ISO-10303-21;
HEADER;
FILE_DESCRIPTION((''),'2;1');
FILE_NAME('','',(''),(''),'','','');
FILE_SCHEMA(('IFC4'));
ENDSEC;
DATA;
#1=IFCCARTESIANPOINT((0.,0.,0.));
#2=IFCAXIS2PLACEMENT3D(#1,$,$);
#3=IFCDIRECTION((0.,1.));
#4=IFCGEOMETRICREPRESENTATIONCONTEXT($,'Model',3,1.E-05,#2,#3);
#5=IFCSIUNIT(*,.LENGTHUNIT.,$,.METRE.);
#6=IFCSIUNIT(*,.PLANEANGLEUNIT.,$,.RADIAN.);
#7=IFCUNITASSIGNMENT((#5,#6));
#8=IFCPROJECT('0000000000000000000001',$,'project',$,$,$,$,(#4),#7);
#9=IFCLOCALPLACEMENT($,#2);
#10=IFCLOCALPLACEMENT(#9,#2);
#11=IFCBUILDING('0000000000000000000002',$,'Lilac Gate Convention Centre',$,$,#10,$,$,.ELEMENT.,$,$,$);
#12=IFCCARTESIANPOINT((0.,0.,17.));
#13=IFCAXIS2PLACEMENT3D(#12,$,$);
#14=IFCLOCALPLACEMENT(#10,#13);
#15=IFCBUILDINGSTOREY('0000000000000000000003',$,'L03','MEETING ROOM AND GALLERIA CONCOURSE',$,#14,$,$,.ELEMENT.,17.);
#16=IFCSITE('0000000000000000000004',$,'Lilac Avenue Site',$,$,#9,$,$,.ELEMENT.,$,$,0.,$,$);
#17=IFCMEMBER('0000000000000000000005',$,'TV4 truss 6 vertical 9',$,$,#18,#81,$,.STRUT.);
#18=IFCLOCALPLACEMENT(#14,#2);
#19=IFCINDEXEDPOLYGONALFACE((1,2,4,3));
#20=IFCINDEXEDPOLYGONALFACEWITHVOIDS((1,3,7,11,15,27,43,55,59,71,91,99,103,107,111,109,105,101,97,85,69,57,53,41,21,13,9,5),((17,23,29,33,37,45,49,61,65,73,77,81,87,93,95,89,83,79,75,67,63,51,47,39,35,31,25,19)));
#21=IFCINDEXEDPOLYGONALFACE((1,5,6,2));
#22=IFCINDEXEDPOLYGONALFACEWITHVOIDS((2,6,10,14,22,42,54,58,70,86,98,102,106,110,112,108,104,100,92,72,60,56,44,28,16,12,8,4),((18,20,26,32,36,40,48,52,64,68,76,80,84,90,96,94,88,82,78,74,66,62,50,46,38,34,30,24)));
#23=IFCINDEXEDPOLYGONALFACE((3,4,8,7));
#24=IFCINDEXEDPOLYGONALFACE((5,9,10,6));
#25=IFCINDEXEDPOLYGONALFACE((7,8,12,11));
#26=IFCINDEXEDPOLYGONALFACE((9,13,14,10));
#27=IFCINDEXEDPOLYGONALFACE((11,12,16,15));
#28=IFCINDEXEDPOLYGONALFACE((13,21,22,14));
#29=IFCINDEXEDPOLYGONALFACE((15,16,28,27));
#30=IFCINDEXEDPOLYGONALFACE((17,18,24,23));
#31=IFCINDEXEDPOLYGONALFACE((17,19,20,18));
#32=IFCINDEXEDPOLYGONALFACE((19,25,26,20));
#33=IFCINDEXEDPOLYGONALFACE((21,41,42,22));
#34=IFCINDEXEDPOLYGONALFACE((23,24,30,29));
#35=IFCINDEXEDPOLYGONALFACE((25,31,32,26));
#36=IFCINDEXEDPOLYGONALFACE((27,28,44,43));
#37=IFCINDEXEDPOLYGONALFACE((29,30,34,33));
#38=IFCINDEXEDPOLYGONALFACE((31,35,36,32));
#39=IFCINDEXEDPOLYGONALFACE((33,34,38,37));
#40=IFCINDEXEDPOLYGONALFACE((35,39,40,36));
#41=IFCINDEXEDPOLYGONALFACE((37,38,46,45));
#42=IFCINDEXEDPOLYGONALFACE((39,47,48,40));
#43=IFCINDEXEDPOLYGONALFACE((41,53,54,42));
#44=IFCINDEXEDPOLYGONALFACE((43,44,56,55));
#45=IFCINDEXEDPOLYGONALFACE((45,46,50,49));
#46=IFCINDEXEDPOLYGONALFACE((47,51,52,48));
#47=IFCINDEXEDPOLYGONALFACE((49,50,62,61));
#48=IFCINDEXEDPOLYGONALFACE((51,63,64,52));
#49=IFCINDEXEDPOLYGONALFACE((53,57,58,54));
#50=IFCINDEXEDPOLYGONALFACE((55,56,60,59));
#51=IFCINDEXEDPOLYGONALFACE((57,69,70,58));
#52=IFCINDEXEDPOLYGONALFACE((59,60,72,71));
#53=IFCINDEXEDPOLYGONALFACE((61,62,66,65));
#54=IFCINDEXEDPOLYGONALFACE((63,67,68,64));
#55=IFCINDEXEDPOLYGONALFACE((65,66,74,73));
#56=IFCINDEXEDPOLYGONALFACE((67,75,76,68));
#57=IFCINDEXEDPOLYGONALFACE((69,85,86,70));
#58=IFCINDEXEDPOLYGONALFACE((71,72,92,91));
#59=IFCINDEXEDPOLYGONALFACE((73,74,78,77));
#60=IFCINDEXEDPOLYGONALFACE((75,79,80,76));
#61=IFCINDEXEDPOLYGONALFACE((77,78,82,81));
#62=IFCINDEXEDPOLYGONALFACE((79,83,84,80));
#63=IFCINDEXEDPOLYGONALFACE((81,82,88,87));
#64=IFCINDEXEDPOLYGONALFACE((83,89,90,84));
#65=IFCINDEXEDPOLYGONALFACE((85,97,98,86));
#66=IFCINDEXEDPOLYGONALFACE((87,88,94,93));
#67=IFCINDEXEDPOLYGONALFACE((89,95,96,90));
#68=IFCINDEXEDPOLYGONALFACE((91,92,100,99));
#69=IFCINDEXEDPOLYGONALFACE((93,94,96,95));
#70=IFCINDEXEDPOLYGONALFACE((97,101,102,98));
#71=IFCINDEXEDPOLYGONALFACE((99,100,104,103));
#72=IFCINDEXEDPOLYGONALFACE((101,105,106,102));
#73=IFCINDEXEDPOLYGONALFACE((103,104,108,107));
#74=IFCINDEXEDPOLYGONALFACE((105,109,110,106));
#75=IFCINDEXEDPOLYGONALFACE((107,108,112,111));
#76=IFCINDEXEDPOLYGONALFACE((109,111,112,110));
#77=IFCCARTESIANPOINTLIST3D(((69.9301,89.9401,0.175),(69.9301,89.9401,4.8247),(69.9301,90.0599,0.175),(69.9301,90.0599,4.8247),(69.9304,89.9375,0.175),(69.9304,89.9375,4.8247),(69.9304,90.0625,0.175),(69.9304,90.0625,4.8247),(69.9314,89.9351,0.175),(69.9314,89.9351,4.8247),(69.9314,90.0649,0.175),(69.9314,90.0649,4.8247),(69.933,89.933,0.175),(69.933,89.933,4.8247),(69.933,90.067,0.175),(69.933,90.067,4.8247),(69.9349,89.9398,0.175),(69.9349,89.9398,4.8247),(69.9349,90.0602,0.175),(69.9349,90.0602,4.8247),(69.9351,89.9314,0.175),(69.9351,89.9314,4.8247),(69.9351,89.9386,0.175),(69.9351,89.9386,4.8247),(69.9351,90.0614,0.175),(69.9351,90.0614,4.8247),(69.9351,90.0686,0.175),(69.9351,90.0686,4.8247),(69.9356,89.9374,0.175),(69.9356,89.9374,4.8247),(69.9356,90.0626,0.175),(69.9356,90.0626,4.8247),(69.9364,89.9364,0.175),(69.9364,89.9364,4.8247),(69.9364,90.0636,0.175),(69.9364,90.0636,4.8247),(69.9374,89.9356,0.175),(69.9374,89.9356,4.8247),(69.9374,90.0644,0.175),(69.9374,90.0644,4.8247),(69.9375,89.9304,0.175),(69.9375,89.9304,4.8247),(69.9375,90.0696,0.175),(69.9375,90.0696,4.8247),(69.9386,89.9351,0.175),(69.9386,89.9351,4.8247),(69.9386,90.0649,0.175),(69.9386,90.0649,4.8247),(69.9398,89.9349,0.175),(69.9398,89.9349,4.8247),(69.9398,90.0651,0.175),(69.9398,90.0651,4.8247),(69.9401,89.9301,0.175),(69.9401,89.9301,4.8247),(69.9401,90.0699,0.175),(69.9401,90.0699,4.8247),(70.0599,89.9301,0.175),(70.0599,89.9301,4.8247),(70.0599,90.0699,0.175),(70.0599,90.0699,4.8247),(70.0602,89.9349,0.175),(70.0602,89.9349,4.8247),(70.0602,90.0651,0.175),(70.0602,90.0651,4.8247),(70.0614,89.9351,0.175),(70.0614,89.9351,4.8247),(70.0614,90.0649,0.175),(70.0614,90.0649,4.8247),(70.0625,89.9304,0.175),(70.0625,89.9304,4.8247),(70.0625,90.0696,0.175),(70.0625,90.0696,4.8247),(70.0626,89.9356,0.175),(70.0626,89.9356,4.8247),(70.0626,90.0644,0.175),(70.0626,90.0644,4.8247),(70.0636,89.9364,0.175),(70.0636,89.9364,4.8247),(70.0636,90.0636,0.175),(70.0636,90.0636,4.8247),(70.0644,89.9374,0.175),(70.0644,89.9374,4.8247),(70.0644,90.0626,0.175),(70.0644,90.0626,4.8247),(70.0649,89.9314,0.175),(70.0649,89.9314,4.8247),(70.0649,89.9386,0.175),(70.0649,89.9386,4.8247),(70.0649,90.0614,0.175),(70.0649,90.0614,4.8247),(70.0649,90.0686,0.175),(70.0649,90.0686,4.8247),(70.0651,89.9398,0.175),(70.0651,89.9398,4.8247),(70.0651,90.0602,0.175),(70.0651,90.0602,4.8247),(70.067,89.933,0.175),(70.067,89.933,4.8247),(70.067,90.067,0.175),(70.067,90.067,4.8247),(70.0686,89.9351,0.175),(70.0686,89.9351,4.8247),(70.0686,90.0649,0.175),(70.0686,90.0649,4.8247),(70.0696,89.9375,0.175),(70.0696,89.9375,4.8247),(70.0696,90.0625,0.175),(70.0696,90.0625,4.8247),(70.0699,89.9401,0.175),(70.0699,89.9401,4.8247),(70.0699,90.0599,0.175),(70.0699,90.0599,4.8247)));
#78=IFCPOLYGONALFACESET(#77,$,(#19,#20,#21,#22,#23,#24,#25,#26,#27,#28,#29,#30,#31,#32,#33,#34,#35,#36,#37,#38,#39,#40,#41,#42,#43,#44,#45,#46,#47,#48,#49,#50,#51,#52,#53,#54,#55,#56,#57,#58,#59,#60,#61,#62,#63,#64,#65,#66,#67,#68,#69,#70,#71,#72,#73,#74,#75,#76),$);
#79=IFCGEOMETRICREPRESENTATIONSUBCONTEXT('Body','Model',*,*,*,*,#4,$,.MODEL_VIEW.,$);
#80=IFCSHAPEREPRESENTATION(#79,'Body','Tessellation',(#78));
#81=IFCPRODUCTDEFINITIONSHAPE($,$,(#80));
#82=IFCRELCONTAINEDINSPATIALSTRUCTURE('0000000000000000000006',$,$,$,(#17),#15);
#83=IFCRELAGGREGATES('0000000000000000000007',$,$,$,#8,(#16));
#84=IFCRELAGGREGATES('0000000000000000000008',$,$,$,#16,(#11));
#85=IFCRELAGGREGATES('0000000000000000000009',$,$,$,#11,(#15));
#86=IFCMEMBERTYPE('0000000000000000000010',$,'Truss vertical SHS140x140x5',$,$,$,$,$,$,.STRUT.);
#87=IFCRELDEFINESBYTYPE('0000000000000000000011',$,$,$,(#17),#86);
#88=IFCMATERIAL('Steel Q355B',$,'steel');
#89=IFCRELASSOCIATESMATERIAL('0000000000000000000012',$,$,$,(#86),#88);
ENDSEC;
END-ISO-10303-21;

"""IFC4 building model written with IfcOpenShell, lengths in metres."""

from ifc_helpers import new_model, si_unit, direction, frame, origin, origin_2d, place, context, subcontext, project, spatial, hollow_rectangle, extrude, material, material_profile, profile_set, type_object, element, save


model = new_model("IFC4")

# Units and contexts
model_context = context("Model", 3, precision=1e-05, world=origin(), true_north=direction((0.0, 1.0)))
body_context = subcontext(model_context, "Body", "Model", "MODEL_VIEW")
ifc_project = project(units=[si_unit("LENGTHUNIT", "METRE"), si_unit("PLANEANGLEUNIT", "RADIAN")], contexts=[model_context])

# Site, building, storey
site_placement = place(None, origin())
site = spatial("IfcSite", under=ifc_project, at=site_placement, Name="Lilac Avenue Site", CompositionType="ELEMENT", RefElevation=0.0)
building_placement = place(site_placement, origin())
building = spatial("IfcBuilding", under=site, at=building_placement, Name="Lilac Gate Convention Centre", CompositionType="ELEMENT")
storey_placement = place(building_placement, frame((0.0, 0.0, 17.0)))
storey = spatial("IfcBuildingStorey", under=building, at=storey_placement, Name="L03", Description="MEETING ROOM AND GALLERIA CONCOURSE", CompositionType="ELEMENT", Elevation=17.0)

# Member
ifc_material = material(Name="Steel Q355B", Category="steel")
ifc_material_profile_1 = material_profile(ifc_material, hollow_rectangle(XDim=0.1399, YDim=0.1399, WallThickness=0.0049, InnerFilletRadius=0.0049, OuterFilletRadius=0.01, at=origin_2d()), Name="SHS140x140x5")
ifc_profile_set_1 = profile_set([ifc_material_profile_1], Name="Steel Q355B")
member_type_1 = type_object("IfcMemberType", Name="Truss vertical SHS140x140x5", PredefinedType="STRUT", material=ifc_profile_set_1)
member_1_placement = place(storey_placement, frame((70.0, 90.0, 0.175), z_axis=(0.0, 0.0, 1.0), x_axis=(1.0, 0.0, 0.0)))
element("IfcMember", 1, at=member_1_placement, inside=storey, type_object=member_type_1, Name="TV4 truss 6 vertical 9", PredefinedType="STRUT", context=body_context, shape_type="SweptSolid", body=[
    extrude(hollow_rectangle(XDim=0.1399, YDim=0.1399, WallThickness=0.0049, InnerFilletRadius=0.0049, OuterFilletRadius=0.01, at=origin_2d()), origin(), (0.0, 0.0, 1.0), 4.6497),
])

save(model, "model.ifc")
